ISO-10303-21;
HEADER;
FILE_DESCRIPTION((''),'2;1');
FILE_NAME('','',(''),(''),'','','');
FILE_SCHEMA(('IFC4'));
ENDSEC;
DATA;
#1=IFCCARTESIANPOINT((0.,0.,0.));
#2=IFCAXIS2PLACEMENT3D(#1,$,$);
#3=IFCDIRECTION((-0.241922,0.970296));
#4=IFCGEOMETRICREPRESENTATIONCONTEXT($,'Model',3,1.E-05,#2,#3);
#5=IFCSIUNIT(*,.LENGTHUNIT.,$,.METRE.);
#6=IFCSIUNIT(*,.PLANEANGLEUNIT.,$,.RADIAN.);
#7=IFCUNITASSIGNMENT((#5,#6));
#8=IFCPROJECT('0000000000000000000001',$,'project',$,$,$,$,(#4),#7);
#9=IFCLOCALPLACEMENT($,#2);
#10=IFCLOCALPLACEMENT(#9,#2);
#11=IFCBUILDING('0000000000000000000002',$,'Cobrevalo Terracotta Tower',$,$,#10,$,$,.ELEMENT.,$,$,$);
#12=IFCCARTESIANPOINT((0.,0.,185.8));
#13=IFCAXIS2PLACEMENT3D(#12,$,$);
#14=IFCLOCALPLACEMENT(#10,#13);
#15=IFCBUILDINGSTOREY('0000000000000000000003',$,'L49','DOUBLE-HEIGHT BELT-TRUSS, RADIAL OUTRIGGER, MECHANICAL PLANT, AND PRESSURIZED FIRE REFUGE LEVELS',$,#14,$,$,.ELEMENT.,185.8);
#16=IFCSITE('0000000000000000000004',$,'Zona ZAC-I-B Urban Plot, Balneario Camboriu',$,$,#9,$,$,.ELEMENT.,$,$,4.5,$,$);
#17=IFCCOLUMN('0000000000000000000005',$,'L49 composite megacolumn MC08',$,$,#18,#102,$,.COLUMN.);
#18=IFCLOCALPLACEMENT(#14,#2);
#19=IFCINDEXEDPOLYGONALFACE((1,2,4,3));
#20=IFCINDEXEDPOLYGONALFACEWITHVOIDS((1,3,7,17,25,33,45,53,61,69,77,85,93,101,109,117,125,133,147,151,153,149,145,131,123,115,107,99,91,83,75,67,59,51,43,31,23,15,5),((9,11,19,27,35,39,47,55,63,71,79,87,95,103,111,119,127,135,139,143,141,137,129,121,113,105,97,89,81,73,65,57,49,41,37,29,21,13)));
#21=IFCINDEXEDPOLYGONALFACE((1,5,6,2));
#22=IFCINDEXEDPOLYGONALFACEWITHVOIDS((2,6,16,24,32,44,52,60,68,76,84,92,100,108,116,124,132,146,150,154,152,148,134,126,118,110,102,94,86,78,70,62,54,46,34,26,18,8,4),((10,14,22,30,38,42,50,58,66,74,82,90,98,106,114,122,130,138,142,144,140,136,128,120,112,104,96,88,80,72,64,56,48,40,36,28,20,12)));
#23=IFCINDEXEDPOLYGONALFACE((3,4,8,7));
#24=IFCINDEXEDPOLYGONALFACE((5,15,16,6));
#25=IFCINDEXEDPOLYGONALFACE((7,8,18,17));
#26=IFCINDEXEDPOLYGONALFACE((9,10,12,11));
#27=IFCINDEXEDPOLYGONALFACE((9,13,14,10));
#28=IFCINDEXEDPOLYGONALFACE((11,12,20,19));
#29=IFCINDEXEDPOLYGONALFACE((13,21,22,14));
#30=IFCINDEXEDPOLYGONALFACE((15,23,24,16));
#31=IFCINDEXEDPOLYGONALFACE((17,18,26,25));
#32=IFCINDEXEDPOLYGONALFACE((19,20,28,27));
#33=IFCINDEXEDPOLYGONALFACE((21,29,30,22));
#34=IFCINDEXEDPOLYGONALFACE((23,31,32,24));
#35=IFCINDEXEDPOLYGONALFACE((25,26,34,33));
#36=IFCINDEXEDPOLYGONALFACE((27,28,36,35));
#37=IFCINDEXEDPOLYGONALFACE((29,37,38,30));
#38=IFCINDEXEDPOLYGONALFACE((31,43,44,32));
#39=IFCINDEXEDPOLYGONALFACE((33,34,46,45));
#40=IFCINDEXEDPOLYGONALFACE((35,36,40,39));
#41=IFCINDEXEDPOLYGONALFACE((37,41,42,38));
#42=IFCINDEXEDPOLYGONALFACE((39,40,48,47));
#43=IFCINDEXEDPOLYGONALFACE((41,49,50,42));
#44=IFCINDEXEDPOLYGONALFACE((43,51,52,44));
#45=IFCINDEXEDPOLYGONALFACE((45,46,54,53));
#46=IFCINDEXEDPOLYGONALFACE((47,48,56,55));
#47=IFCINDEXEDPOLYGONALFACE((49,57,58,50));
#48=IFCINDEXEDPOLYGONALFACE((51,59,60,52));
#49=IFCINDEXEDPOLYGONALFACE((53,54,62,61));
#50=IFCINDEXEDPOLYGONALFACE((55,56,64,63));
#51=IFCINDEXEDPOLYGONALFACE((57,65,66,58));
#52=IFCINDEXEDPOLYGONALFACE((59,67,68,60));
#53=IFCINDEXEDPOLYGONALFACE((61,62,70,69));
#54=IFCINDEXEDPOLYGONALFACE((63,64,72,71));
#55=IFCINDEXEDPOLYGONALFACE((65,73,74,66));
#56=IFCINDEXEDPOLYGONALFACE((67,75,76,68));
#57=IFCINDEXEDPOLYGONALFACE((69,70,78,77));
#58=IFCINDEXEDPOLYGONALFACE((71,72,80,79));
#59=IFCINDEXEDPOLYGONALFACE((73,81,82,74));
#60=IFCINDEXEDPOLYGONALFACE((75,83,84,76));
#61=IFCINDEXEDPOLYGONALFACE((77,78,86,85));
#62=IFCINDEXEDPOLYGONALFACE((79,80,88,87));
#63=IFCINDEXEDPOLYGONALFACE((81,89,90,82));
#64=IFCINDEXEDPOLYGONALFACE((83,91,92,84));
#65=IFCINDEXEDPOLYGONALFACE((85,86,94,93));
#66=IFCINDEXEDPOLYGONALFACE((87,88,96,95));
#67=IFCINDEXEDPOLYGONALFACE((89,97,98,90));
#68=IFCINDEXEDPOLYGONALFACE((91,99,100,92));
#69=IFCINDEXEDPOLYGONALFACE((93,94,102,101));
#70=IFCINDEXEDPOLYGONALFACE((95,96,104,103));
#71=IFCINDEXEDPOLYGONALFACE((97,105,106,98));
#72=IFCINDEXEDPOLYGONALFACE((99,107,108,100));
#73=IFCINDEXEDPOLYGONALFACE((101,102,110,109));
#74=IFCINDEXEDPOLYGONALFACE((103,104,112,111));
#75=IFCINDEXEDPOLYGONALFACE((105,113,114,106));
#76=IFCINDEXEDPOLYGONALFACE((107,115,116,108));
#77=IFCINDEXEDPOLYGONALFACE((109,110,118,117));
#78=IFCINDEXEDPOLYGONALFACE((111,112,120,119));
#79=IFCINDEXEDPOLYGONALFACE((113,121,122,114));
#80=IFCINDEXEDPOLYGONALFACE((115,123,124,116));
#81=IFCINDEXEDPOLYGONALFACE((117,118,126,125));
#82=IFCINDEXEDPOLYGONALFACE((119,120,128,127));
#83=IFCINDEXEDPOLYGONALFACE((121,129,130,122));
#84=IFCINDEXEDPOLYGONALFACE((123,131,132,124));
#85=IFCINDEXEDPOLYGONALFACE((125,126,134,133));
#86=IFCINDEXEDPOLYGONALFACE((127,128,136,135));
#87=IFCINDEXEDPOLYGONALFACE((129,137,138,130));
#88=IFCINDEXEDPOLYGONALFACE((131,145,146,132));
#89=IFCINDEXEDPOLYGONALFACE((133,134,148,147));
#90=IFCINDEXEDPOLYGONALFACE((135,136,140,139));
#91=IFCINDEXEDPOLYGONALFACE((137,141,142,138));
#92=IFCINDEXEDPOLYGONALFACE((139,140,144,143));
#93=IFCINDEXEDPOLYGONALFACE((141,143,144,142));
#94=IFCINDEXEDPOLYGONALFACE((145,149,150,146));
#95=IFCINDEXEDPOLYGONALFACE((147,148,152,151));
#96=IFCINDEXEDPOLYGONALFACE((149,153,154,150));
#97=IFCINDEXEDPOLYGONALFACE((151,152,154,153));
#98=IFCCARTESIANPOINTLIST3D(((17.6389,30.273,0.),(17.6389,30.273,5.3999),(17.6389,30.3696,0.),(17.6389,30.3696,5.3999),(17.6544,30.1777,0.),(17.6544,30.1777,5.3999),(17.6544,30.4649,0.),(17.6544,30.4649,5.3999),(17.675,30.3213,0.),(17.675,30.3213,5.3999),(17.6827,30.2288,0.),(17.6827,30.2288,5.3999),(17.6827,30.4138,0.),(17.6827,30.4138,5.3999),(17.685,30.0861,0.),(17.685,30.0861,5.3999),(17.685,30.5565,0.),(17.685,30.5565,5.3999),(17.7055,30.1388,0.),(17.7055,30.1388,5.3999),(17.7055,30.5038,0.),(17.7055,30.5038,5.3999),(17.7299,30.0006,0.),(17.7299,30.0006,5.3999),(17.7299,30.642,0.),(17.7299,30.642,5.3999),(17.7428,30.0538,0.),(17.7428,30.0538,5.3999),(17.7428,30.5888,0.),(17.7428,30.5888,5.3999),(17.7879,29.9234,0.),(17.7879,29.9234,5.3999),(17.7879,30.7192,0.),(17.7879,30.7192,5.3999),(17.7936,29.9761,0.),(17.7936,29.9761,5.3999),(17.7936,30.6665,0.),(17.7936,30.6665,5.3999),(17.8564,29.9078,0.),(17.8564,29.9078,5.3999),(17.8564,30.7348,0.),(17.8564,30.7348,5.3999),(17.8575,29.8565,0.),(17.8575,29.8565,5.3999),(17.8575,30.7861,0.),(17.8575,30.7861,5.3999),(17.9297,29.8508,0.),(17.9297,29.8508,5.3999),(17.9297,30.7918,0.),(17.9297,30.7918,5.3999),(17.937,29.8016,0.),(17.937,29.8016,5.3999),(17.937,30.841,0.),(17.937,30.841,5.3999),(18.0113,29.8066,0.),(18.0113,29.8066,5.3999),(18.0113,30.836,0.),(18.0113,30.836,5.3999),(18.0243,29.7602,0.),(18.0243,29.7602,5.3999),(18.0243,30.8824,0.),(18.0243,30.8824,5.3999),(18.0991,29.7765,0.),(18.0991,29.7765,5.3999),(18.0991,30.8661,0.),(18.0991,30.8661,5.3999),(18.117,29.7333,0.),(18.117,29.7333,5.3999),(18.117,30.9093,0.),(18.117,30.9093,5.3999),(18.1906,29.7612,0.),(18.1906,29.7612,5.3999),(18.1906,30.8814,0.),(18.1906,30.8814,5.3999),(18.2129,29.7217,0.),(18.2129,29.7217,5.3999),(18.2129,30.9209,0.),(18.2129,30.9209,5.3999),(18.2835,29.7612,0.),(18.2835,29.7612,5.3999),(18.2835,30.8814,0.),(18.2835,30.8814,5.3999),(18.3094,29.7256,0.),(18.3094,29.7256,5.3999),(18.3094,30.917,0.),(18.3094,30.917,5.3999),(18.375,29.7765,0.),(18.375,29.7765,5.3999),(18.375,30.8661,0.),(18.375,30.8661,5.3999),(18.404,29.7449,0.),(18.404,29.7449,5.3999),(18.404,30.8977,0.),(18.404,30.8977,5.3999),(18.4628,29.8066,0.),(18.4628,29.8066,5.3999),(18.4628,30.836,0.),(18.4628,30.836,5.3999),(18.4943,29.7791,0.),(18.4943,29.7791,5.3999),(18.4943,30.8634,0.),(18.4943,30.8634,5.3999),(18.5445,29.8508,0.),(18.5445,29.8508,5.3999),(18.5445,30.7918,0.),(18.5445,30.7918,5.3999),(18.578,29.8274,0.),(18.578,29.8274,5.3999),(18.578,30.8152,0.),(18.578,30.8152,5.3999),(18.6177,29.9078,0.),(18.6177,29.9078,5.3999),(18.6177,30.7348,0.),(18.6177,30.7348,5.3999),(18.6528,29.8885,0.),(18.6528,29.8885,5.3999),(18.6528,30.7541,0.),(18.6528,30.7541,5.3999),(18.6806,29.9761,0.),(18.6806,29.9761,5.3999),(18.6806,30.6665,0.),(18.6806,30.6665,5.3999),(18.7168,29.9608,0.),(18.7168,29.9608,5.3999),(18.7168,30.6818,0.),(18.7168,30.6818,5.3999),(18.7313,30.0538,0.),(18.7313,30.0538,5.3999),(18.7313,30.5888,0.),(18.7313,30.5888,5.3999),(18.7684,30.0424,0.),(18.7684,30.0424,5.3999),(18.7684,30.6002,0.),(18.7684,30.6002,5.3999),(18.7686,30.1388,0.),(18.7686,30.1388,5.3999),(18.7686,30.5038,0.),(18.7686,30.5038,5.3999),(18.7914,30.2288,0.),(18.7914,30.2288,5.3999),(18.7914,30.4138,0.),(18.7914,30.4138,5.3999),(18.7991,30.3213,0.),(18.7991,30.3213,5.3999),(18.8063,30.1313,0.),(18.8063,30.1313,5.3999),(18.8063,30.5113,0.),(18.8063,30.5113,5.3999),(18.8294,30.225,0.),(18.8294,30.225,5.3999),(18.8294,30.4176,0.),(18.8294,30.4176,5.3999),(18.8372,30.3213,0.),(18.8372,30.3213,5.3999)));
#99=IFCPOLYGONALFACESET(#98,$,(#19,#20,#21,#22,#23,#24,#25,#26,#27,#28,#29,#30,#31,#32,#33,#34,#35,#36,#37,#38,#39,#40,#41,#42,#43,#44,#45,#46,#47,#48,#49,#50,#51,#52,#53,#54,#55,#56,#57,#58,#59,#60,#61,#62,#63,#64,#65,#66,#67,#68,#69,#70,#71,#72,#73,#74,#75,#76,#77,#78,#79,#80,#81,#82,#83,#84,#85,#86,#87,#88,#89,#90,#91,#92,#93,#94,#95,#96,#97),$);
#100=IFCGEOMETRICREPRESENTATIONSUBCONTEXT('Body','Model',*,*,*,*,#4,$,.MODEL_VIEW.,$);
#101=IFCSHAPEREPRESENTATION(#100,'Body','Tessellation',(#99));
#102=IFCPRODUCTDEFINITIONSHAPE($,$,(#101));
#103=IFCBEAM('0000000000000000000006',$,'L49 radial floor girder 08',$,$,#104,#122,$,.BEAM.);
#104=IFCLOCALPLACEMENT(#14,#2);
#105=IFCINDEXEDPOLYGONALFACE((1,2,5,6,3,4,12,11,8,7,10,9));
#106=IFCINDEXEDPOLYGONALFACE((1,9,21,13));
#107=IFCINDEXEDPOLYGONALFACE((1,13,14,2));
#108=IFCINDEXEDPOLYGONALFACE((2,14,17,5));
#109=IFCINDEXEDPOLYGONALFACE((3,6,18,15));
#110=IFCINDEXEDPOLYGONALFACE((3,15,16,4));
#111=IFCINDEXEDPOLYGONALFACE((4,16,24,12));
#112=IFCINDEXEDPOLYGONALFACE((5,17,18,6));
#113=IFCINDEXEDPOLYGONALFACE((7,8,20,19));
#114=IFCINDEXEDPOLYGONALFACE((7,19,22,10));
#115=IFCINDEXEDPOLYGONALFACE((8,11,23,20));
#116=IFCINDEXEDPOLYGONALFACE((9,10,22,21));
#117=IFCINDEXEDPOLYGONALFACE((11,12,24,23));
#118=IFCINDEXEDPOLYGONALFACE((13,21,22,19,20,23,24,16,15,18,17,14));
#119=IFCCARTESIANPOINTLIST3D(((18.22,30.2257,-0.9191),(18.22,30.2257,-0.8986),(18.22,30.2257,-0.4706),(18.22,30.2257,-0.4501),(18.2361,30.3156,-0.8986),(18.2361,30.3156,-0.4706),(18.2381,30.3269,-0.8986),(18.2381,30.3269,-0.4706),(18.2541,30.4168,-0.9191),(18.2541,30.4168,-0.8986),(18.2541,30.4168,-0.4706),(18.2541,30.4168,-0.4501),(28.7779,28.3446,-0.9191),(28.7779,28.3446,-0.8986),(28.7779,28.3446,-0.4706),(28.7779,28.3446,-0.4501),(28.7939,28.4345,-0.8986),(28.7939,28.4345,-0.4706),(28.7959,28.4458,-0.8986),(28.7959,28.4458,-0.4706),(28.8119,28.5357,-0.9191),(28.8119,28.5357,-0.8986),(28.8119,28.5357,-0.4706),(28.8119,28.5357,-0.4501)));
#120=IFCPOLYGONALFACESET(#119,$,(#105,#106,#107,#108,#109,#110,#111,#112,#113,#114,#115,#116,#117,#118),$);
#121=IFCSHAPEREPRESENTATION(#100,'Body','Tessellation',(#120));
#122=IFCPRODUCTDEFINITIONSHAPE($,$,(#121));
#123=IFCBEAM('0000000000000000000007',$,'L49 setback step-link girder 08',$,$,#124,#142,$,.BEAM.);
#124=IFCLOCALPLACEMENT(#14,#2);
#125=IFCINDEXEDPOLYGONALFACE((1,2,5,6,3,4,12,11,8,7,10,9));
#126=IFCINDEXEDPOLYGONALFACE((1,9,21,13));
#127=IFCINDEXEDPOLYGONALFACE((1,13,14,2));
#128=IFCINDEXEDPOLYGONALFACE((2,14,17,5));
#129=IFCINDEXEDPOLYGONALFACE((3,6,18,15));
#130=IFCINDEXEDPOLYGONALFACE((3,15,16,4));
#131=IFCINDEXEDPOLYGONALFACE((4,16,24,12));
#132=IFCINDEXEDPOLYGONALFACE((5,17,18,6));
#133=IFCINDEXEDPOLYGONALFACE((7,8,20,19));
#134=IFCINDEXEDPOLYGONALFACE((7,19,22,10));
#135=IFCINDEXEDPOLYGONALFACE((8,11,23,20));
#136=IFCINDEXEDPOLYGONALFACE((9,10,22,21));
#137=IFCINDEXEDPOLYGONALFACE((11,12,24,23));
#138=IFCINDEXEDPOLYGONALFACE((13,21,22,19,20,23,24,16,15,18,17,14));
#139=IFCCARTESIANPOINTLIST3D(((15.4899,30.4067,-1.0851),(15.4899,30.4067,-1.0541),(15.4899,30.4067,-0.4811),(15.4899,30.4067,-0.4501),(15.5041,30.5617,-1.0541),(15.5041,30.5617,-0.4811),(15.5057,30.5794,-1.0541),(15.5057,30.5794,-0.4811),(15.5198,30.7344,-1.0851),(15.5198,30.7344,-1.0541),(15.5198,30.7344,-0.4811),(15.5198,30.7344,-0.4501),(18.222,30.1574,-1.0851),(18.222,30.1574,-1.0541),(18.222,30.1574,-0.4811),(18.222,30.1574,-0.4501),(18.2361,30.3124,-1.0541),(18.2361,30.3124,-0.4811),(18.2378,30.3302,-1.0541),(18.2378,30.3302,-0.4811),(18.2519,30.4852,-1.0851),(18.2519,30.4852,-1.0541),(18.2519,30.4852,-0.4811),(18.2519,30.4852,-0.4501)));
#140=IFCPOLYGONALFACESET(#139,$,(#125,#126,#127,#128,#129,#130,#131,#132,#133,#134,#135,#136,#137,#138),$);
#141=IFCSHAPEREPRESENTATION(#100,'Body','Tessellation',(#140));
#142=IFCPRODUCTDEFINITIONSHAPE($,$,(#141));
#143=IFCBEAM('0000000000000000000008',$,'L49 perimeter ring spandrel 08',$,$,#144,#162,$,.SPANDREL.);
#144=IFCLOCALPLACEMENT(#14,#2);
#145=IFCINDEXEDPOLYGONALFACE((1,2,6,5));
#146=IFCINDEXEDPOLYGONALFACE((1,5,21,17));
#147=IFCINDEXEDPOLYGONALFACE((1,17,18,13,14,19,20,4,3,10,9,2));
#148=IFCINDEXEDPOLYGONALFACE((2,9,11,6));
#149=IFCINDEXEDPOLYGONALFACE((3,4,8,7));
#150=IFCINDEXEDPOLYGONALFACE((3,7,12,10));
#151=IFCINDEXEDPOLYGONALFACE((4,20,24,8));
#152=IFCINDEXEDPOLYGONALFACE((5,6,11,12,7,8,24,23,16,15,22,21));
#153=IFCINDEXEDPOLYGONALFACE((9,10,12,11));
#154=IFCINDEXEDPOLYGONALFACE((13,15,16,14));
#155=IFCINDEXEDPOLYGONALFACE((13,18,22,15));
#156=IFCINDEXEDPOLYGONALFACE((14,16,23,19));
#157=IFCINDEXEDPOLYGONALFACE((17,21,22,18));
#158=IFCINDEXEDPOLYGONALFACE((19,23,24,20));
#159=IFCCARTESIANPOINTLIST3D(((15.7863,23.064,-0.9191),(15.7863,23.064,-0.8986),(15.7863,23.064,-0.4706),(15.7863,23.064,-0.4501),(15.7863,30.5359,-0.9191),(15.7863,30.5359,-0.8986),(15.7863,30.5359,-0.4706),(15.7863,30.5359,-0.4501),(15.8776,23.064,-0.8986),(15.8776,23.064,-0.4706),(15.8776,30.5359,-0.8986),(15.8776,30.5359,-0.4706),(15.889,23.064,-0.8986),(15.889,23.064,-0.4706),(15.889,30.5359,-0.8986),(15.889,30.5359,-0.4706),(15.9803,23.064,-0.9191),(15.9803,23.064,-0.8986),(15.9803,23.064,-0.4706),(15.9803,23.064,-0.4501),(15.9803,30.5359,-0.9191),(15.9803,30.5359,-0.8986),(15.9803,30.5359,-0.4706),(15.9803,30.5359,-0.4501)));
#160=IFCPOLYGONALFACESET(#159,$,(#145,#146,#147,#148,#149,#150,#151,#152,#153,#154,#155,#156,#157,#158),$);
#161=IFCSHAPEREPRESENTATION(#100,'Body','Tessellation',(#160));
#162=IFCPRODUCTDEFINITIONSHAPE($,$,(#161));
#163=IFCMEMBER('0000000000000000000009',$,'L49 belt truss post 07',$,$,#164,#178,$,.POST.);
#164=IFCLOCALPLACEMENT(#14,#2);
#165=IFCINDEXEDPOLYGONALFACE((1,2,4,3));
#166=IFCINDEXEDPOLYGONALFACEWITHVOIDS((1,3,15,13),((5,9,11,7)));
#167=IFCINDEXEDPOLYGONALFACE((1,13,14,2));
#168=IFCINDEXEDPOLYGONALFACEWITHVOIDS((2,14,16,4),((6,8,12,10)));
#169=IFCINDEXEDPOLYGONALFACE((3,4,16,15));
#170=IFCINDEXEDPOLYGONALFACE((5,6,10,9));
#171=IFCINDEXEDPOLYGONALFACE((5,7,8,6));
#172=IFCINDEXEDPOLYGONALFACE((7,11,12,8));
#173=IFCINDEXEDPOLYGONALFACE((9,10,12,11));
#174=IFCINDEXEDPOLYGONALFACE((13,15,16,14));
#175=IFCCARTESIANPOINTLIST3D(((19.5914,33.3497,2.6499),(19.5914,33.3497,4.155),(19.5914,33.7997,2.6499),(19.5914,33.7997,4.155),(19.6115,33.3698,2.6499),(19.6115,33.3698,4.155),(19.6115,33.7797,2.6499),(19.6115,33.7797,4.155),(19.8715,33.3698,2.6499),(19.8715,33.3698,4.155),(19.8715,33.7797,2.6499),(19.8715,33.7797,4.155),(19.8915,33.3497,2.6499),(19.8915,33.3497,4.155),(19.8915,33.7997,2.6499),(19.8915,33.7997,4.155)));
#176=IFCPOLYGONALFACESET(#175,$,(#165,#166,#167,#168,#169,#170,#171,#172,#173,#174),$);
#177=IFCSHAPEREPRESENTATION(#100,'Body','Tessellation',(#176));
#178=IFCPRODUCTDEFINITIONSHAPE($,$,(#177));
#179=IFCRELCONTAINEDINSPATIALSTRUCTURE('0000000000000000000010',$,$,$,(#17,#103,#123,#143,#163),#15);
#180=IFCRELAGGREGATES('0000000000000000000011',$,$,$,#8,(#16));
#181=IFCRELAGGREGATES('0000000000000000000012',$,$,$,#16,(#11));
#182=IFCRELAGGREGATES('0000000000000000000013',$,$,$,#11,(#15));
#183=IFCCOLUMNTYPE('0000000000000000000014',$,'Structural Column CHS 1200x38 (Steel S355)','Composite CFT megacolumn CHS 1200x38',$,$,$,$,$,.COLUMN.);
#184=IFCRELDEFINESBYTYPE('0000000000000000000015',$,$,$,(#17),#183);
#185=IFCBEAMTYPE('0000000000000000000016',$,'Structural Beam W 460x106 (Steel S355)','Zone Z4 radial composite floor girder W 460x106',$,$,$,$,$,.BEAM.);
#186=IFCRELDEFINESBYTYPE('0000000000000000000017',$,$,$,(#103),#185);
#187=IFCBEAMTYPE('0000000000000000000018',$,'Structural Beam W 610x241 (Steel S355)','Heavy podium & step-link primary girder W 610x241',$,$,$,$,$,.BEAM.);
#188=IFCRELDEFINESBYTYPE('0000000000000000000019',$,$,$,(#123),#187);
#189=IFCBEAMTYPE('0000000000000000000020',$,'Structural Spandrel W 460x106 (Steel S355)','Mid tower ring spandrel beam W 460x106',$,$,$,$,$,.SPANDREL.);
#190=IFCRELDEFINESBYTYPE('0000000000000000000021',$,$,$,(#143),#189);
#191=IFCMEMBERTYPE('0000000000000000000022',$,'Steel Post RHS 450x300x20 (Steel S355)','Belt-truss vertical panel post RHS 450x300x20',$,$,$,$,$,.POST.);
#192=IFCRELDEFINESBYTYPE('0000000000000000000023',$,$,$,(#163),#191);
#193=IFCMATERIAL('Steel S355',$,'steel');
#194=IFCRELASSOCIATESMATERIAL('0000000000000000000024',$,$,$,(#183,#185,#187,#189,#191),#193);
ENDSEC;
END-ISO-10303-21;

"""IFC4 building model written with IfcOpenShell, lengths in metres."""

from ifc_helpers import new_model, si_unit, direction, frame, origin, origin_2d, place, context, subcontext, project, spatial, hollow_rectangle, hollow_circle, i_section, extrude, source, transform, mapped, material, material_profile, profile_set, type_object, element, save


model = new_model("IFC4")

# Units and contexts
model_context = context("Model", 3, precision=1e-05, world=origin(), true_north=direction((-0.241922, 0.970296)))
body_context = subcontext(model_context, "Body", "Model", "MODEL_VIEW")
ifc_project = project(units=[si_unit("LENGTHUNIT", "METRE"), si_unit("PLANEANGLEUNIT", "RADIAN")], contexts=[model_context])

# Site, building, storey
site_placement = place(None, origin())
site = spatial("IfcSite", under=ifc_project, at=site_placement, Name="Zona ZAC-I-B Urban Plot, Balneario Camboriu", CompositionType="ELEMENT", RefElevation=4.5)
building_placement = place(site_placement, origin())
building = spatial("IfcBuilding", under=site, at=building_placement, Name="Cobrevalo Terracotta Tower", CompositionType="ELEMENT")
storey_placement = place(building_placement, frame((0.0, 0.0, 185.8)))
storey = spatial("IfcBuildingStorey", under=building, at=storey_placement, Name="L49", Description="DOUBLE-HEIGHT BELT-TRUSS, RADIAL OUTRIGGER, MECHANICAL PLANT, AND PRESSURIZED FIRE REFUGE LEVELS", CompositionType="ELEMENT", Elevation=185.8)

# Column
ifc_material_1 = material(Name="Steel S355", Category="steel")
ifc_material_profile_1 = material_profile(ifc_material_1, hollow_circle(Radius=0.6001, WallThickness=0.0381, at=origin_2d()), Name="CHS 1200x38")
ifc_profile_set_1 = profile_set([ifc_material_profile_1], Name="Steel S355")
column_type = type_object("IfcColumnType", Name="Structural Column CHS 1200x38 (Steel S355)", Description="Composite CFT megacolumn CHS 1200x38", PredefinedType="COLUMN", material=ifc_profile_set_1)
column_placement = place(storey_placement, frame((18.2371, 30.3213, 0.0), z_axis=(0.0, 0.0, 1.0), x_axis=(1.0, 0.0, 0.0)))
element("IfcColumn", 1, at=column_placement, inside=storey, type_object=column_type, Name="L49 composite megacolumn MC08", PredefinedType="COLUMN", context=body_context, shape_type="SweptSolid", body=[
    extrude(hollow_circle(Radius=0.6001, WallThickness=0.0381, at=origin_2d()), origin(), (0.0, 0.0, 1.0), 5.3999),
])

# Beams
ifc_material_profile_2 = material_profile(ifc_material_1, i_section(OverallWidth=0.1941, OverallDepth=0.469, WebThickness=0.0115, FlangeThickness=0.0205, at=origin_2d()), Name="W 460x106")
ifc_profile_set_2 = profile_set([ifc_material_profile_2], Name="Steel S355")
beam_type_1 = type_object("IfcBeamType", Name="Structural Beam W 460x106 (Steel S355)", Description="Zone Z4 radial composite floor girder W 460x106", PredefinedType="BEAM", material=ifc_profile_set_2)
beam_1_placement = place(storey_placement, frame((18.2371, 30.3213, -0.6846), z_axis=(0.984496, -0.175408, 0.0), x_axis=(0.175408, 0.984496, 0.0)))
element("IfcBeam", 2, at=beam_1_placement, inside=storey, type_object=beam_type_1, Name="L49 radial floor girder 08", PredefinedType="BEAM", context=body_context, shape_type="SweptSolid", body=[
    extrude(i_section(OverallWidth=0.1941, OverallDepth=0.469, WebThickness=0.0115, FlangeThickness=0.0205, at=origin_2d()), origin(), (0.0, 0.0, 1.0), 10.7241),
])
ifc_material_profile_3 = material_profile(ifc_material_1, i_section(OverallWidth=0.3291, OverallDepth=0.635, WebThickness=0.0178, FlangeThickness=0.031, at=origin_2d()), Name="W 610x241")
ifc_profile_set_3 = profile_set([ifc_material_profile_3], Name="Steel S355")
beam_type_2 = type_object("IfcBeamType", Name="Structural Beam W 610x241 (Steel S355)", Description="Heavy podium & step-link primary girder W 610x241", PredefinedType="BEAM", material=ifc_profile_set_3)
beam_2_placement = place(storey_placement, frame((15.5049, 30.5706, -0.7676), z_axis=(0.995864, -0.090857, 0.0), x_axis=(0.090857, 0.995864, 0.0)))
element("IfcBeam", 3, at=beam_2_placement, inside=storey, type_object=beam_type_2, Name="L49 setback step-link girder 08", PredefinedType="BEAM", context=body_context, shape_type="SweptSolid", body=[
    extrude(i_section(OverallWidth=0.3291, OverallDepth=0.635, WebThickness=0.0178, FlangeThickness=0.031, at=origin_2d()), origin(), (0.0, 0.0, 1.0), 2.7434),
])
ifc_material_profile_4 = material_profile(ifc_material_1, i_section(OverallWidth=0.1941, OverallDepth=0.469, WebThickness=0.0115, FlangeThickness=0.0205, at=origin_2d()), Name="W 460x106")
ifc_profile_set_4 = profile_set([ifc_material_profile_4], Name="Steel S355")
beam_type_3 = type_object("IfcBeamType", Name="Structural Spandrel W 460x106 (Steel S355)", Description="Mid tower ring spandrel beam W 460x106", PredefinedType="SPANDREL", material=ifc_profile_set_4)
beam_3_placement = place(storey_placement, frame((15.8833, 30.5359, -0.6846), z_axis=(0.0, -1.0, 0.0), x_axis=(1.0, 0.0, 0.0)))
element("IfcBeam", 4, at=beam_3_placement, inside=storey, type_object=beam_type_3, Name="L49 perimeter ring spandrel 08", PredefinedType="SPANDREL", context=body_context, shape_type="SweptSolid", body=[
    extrude(i_section(OverallWidth=0.1941, OverallDepth=0.469, WebThickness=0.0115, FlangeThickness=0.0205, at=origin_2d()), origin(), (0.0, 0.0, 1.0), 7.4719),
])

# Member
ifc_material_profile_5 = material_profile(ifc_material_1, hollow_rectangle(XDim=0.3, YDim=0.45, WallThickness=0.02, at=origin_2d()), Name="RHS 450x300x20")
ifc_profile_set_5 = profile_set([ifc_material_profile_5], Name="Steel S355")
member_type_1 = type_object("IfcMemberType", Name="Steel Post RHS 450x300x20 (Steel S355)", Description="Belt-truss vertical panel post RHS 450x300x20", PredefinedType="POST", material=ifc_profile_set_5)
shared_shape_1 = source(origin(), body_context, "Body", "SweptSolid", [
    extrude(hollow_rectangle(XDim=0.3, YDim=0.45, WallThickness=0.02, at=origin_2d()), origin(), (0.0, 0.0, 1.0), 1.5051),
])
for number, where, z_axis, x_axis, name in (
    (5, (19.7415, 33.5747, 2.6499), (0.0, 0.0, 1.0), (1.0, 0.0, 0.0), "L49 belt truss post 07"),
):
    element("IfcMember", number, at=place(storey_placement, frame(where, z_axis=z_axis, x_axis=x_axis)), inside=storey, type_object=member_type_1, Name=name, PredefinedType="POST", context=body_context, shape_type="MappedRepresentation", body=[
        mapped(shared_shape_1, transform((0.0, 0.0, 0.0), scale=1.0)),
    ])

save(model, "model.ifc")
